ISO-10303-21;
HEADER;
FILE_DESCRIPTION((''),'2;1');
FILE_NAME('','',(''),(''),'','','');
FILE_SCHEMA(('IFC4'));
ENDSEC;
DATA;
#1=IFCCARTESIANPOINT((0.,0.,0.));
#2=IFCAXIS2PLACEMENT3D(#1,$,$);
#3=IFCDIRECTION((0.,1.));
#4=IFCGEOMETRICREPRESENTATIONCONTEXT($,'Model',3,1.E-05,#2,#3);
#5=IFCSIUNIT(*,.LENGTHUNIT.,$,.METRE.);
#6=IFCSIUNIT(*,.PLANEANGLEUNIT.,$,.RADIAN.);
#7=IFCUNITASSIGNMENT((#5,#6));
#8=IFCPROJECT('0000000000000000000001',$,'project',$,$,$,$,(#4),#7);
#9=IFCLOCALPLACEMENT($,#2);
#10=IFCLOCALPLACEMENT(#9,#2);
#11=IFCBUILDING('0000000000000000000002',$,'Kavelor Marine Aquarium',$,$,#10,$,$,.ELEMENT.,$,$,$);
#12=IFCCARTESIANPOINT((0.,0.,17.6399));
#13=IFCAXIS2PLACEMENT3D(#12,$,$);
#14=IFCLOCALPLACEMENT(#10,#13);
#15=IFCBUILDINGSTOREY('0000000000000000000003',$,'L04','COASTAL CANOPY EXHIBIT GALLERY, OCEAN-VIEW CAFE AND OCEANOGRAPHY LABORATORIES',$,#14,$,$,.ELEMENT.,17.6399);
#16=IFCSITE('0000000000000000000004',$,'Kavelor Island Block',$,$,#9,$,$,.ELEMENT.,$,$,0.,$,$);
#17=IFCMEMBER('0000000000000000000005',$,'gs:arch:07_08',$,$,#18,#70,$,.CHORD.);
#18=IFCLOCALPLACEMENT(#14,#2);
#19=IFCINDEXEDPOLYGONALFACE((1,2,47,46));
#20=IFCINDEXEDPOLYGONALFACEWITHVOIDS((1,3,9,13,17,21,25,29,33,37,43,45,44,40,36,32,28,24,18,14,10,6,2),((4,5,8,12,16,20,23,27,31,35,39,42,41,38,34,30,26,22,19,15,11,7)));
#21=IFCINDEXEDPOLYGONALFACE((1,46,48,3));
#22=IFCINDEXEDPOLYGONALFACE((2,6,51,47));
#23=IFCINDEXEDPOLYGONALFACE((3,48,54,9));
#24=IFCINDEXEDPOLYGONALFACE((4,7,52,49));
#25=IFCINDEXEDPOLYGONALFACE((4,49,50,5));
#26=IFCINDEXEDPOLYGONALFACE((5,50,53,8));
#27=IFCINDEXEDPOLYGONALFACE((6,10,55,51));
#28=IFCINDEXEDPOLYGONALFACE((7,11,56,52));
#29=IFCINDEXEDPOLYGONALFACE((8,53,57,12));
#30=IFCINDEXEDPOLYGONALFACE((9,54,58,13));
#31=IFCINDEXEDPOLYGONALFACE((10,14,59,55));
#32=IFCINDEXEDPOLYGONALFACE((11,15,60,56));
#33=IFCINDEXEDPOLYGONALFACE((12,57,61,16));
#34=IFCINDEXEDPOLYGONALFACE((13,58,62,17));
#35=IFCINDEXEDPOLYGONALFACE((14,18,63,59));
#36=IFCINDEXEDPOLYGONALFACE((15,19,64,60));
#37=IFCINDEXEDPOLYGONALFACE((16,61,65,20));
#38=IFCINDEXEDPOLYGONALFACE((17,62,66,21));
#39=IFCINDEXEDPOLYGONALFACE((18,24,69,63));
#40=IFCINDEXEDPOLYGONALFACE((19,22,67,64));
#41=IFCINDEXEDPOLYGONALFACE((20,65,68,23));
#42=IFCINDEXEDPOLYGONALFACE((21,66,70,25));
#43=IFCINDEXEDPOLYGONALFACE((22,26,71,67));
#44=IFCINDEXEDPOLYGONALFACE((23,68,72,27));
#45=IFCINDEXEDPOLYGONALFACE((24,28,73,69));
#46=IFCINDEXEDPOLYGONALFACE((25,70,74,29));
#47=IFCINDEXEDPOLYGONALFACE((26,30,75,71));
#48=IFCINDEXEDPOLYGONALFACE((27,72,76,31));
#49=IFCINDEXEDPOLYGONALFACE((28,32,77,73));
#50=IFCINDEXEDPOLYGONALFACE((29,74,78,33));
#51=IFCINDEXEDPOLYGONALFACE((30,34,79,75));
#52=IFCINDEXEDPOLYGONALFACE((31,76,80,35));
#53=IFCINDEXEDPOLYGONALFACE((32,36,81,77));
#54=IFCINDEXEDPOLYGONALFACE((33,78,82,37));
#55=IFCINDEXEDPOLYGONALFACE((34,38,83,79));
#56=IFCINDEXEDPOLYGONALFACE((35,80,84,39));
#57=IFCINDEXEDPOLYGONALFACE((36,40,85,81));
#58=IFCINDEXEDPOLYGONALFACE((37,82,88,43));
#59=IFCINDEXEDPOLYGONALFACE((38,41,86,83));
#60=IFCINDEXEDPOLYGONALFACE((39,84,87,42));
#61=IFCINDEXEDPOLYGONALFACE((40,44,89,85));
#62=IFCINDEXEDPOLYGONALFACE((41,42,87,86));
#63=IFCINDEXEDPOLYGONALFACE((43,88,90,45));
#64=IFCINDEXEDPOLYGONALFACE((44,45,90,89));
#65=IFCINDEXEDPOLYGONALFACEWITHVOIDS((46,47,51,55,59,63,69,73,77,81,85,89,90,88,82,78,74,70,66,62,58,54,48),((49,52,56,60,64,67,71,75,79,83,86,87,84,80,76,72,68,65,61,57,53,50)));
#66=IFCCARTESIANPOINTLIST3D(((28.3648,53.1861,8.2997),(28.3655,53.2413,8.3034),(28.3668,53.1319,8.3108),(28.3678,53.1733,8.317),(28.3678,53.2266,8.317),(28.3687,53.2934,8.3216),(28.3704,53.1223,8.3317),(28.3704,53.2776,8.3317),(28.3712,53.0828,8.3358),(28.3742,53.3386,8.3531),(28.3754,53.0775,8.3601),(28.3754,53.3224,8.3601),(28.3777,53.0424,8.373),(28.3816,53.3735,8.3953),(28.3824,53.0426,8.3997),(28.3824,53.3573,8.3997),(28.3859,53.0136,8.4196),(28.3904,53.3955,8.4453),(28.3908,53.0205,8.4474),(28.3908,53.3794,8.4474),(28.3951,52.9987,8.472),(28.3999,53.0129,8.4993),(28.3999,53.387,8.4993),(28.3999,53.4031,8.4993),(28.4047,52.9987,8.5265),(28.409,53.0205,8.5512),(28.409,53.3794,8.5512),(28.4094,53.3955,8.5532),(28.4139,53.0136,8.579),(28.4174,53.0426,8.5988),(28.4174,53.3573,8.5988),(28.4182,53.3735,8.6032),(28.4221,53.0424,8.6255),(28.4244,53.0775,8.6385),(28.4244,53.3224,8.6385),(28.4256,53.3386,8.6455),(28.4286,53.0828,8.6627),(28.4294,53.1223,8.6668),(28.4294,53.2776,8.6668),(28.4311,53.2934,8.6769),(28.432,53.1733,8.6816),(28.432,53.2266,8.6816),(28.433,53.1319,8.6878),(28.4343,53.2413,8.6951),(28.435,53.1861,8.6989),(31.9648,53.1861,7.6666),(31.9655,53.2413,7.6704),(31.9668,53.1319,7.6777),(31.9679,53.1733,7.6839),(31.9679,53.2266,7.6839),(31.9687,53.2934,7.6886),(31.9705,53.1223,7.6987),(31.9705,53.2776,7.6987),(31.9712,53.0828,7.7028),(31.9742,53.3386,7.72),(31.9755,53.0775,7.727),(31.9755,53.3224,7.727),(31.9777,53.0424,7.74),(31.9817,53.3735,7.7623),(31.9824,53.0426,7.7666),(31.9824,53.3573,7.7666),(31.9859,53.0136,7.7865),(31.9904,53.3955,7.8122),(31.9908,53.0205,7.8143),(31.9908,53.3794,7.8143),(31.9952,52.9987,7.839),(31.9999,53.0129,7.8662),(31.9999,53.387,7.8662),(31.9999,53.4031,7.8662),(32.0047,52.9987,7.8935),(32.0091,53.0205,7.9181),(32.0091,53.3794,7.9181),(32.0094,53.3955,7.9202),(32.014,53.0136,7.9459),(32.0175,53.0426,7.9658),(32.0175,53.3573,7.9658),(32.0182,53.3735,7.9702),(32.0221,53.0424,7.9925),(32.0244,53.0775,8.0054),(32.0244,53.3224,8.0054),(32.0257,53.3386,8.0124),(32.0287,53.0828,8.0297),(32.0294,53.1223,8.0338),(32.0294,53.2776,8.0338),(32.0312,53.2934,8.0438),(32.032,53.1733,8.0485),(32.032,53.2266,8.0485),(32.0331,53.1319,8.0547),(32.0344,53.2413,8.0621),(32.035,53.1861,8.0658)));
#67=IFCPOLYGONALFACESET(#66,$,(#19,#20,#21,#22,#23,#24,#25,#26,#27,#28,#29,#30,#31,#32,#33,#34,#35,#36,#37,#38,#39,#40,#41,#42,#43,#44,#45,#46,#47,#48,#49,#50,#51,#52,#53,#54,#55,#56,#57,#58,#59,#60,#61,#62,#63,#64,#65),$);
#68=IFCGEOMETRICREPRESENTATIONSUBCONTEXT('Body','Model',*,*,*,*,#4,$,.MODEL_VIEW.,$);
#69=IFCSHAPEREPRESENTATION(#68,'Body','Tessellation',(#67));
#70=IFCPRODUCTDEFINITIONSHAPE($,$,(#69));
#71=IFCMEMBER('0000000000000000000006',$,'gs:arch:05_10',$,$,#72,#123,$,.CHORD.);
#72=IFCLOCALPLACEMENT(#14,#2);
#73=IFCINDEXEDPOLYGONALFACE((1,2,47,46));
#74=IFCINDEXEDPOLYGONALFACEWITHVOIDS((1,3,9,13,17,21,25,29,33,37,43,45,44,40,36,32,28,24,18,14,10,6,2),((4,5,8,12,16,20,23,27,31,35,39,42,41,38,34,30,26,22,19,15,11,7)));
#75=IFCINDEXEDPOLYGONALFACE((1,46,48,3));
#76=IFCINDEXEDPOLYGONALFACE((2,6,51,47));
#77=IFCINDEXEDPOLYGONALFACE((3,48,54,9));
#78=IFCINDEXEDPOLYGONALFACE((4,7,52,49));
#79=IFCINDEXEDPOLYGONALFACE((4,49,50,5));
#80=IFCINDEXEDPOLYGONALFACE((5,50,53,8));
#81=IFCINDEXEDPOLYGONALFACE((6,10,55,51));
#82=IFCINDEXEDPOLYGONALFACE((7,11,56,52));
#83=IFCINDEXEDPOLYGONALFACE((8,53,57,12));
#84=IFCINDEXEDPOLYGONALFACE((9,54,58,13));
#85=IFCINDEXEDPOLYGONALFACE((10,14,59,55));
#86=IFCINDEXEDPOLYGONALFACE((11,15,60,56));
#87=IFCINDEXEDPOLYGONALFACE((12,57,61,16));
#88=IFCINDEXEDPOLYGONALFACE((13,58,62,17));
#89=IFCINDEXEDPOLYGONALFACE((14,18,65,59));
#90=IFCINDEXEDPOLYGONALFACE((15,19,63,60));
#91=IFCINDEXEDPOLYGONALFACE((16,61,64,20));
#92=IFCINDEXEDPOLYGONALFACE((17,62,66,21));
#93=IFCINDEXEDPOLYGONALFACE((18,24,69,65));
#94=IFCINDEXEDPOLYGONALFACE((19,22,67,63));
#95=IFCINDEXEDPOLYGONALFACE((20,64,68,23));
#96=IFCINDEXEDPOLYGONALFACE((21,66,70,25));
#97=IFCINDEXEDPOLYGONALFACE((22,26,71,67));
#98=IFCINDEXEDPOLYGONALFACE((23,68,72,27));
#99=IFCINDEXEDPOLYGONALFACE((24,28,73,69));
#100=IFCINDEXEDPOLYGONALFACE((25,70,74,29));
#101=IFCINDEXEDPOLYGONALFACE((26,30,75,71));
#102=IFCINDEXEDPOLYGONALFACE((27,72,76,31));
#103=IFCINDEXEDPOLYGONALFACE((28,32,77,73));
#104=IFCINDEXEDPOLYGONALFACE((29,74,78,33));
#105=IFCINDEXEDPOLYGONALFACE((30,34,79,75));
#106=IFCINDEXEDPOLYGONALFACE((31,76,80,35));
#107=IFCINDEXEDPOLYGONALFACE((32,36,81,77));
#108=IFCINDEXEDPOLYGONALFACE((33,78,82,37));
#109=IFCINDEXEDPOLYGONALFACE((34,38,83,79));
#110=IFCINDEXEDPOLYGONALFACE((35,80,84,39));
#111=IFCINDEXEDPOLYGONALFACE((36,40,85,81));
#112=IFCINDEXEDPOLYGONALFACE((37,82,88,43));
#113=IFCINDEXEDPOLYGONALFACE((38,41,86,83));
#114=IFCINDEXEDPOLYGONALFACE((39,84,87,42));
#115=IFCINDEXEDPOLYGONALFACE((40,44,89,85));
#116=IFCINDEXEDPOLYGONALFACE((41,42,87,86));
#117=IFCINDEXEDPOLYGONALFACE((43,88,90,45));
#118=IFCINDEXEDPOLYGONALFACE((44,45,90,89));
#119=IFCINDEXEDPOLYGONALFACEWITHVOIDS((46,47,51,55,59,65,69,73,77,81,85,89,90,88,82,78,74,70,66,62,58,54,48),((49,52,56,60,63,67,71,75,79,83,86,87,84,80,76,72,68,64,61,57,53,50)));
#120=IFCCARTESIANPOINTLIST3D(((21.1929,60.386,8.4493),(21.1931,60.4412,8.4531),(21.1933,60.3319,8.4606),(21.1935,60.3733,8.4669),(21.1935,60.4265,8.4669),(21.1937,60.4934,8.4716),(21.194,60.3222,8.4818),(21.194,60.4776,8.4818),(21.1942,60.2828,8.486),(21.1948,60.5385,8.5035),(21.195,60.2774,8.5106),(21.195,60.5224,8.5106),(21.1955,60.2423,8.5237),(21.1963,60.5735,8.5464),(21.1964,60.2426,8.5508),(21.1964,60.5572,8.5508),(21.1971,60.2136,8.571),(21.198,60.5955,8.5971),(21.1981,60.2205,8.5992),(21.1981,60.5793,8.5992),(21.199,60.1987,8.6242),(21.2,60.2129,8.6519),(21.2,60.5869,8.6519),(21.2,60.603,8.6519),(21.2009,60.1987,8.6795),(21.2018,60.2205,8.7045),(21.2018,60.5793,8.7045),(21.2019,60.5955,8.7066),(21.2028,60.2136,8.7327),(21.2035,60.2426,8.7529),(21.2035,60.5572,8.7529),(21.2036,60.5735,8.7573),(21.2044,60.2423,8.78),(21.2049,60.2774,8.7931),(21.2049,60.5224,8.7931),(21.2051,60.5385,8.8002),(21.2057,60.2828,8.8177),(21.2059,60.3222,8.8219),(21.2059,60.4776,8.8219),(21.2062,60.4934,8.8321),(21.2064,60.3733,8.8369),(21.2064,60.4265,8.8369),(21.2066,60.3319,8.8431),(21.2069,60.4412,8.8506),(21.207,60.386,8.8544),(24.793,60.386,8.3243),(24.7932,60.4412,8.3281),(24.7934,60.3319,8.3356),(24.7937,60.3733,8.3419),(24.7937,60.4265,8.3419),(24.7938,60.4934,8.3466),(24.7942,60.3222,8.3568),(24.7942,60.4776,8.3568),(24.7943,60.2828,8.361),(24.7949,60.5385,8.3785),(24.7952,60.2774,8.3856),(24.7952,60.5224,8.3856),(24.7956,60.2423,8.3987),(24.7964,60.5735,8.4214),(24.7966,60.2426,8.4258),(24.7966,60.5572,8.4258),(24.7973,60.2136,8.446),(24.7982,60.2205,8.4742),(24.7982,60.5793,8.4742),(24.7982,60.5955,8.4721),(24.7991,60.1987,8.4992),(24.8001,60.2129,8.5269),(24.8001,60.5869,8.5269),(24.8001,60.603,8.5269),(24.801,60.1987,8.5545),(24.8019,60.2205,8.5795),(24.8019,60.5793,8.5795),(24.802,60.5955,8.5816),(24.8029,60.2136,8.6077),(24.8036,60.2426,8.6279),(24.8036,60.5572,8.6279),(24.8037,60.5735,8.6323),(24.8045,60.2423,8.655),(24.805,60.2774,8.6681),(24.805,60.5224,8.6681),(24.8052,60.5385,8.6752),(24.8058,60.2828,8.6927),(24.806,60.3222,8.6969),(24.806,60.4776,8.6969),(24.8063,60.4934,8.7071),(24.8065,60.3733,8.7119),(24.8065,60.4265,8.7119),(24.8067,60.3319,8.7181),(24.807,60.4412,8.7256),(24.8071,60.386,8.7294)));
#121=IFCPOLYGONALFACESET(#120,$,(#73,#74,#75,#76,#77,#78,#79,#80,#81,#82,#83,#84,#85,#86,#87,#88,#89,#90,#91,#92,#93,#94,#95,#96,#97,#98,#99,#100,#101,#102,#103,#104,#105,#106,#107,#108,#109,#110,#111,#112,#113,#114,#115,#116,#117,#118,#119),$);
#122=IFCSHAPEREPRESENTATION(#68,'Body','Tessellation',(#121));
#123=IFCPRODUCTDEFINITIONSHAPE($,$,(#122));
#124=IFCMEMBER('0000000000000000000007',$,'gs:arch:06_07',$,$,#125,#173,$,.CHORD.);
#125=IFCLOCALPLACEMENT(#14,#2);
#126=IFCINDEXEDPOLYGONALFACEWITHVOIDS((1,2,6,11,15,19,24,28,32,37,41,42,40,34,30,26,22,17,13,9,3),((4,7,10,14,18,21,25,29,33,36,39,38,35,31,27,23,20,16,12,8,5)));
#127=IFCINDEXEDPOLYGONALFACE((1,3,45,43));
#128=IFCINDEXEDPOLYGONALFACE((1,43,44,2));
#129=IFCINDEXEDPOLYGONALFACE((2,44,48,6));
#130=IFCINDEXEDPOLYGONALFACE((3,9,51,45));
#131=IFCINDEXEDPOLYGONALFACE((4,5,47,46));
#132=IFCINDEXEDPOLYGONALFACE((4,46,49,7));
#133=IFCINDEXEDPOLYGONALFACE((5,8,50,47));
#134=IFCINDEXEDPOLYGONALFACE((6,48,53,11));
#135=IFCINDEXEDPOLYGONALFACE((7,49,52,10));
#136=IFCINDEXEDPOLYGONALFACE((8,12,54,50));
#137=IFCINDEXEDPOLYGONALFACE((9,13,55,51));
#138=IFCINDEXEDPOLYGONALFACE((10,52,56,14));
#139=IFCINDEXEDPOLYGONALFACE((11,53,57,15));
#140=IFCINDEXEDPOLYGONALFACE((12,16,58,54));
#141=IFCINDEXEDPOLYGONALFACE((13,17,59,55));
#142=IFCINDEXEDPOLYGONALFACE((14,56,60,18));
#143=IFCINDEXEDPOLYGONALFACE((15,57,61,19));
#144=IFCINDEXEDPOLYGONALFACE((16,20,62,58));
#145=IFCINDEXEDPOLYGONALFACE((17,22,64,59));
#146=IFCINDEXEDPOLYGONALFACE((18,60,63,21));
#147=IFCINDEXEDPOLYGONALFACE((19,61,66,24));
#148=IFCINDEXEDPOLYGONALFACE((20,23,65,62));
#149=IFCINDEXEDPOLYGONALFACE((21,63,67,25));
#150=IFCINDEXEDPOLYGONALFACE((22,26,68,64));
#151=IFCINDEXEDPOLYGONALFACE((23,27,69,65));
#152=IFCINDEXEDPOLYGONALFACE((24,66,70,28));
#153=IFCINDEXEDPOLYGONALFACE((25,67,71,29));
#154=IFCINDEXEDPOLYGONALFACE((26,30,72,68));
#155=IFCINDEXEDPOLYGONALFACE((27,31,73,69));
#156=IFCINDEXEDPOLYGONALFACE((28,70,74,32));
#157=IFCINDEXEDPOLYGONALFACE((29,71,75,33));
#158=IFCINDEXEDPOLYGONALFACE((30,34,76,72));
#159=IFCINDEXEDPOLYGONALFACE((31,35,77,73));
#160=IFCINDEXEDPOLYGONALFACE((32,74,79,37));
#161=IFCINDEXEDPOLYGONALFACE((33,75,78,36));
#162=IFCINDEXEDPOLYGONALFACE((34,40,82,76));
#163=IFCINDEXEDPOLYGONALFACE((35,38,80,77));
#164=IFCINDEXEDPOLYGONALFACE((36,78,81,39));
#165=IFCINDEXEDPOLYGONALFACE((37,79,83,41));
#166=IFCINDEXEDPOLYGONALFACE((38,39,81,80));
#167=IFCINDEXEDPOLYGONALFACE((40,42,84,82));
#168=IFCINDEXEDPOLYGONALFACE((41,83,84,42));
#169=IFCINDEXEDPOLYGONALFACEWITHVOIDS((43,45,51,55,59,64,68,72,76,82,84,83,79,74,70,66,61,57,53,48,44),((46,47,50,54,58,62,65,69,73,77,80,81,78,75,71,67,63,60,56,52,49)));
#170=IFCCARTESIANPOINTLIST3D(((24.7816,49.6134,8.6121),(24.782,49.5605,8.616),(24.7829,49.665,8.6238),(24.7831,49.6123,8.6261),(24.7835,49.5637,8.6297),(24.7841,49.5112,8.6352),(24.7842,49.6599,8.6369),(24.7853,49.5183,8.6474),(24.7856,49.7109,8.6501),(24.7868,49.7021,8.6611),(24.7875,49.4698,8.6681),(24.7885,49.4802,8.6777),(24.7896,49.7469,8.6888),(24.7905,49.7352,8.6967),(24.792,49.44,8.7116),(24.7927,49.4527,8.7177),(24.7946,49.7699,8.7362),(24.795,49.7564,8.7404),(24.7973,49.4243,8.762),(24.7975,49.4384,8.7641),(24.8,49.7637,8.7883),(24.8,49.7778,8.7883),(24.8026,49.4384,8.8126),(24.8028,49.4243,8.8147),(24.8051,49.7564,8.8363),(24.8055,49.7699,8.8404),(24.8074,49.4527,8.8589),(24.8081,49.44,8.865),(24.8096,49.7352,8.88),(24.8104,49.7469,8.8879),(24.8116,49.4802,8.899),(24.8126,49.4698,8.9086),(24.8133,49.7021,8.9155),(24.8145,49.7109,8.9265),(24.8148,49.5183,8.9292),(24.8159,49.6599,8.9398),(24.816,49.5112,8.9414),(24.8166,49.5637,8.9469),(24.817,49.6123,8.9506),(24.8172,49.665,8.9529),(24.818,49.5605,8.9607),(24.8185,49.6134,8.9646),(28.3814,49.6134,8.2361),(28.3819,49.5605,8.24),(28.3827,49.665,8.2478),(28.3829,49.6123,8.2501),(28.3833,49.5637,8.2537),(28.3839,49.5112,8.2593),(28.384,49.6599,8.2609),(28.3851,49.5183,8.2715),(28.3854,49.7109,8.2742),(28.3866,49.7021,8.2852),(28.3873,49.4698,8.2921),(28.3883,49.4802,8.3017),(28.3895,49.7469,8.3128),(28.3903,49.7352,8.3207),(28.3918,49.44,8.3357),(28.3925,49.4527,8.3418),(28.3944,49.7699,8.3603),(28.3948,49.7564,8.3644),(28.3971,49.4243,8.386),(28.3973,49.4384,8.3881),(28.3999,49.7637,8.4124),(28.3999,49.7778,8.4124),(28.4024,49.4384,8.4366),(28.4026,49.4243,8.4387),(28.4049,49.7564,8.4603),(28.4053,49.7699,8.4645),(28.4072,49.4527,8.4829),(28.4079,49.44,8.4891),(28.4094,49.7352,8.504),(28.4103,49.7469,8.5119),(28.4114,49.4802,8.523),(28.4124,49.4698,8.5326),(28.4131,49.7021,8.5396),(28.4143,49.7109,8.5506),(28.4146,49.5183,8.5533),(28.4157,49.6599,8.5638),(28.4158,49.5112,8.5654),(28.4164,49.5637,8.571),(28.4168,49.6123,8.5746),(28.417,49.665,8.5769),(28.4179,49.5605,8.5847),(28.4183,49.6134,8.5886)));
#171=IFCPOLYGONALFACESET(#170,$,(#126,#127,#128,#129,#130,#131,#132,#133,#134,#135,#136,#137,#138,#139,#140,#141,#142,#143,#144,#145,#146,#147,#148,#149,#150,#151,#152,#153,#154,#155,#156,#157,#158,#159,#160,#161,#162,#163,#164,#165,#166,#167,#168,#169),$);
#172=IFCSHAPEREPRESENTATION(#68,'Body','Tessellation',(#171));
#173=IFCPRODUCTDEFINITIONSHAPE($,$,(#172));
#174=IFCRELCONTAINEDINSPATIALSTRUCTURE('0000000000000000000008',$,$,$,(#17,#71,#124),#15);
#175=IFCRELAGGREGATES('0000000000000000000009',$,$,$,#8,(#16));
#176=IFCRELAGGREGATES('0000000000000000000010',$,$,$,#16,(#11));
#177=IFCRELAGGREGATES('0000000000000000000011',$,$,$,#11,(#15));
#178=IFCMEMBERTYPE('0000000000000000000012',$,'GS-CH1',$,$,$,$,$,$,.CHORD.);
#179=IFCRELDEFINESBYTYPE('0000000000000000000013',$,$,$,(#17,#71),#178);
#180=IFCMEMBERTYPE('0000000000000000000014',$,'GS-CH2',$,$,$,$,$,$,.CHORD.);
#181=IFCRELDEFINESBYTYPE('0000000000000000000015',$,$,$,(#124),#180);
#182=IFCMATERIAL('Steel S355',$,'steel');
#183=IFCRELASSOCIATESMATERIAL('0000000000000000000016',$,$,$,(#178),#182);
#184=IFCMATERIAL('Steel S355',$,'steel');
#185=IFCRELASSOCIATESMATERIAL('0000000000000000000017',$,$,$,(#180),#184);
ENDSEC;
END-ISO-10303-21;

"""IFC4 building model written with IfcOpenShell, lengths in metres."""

from ifc_helpers import new_model, si_unit, direction, frame, origin, origin_2d, place, context, subcontext, project, spatial, hollow_circle, extrude, material, material_profile, profile_set, type_object, element, save


model = new_model("IFC4")

# Units and contexts
model_context = context("Model", 3, precision=1e-05, world=origin(), true_north=direction((0.0, 1.0)))
body_context = subcontext(model_context, "Body", "Model", "MODEL_VIEW")
ifc_project = project(units=[si_unit("LENGTHUNIT", "METRE"), si_unit("PLANEANGLEUNIT", "RADIAN")], contexts=[model_context])

# Site, building, storey
site_placement = place(None, origin())
site = spatial("IfcSite", under=ifc_project, at=site_placement, Name="Kavelor Island Block", CompositionType="ELEMENT", RefElevation=0.0)
building_placement = place(site_placement, origin())
building = spatial("IfcBuilding", under=site, at=building_placement, Name="Kavelor Marine Aquarium", CompositionType="ELEMENT")
storey_placement = place(building_placement, frame((0.0, 0.0, 17.6399)))
storey = spatial("IfcBuildingStorey", under=building, at=storey_placement, Name="L04", Description="COASTAL CANOPY EXHIBIT GALLERY, OCEAN-VIEW CAFE AND OCEANOGRAPHY LABORATORIES", CompositionType="ELEMENT", Elevation=17.6399)

# Members
ifc_material_1 = material(Name="Steel S355", Category="steel")
ifc_material_profile_1 = material_profile(ifc_material_1, hollow_circle(Radius=0.2031, WallThickness=0.0161, at=origin_2d()), Name="CHS 406.4x16.0")
ifc_profile_set_1 = profile_set([ifc_material_profile_1], Name="Steel S355")
member_type_1 = type_object("IfcMemberType", Name="GS-CH1", PredefinedType="CHORD", material=ifc_profile_set_1)
member_1_placement = place(storey_placement, frame((28.3999, 53.2, 8.4993), z_axis=(0.984889, 0.0, -0.173187), x_axis=(0.0, 1.0, 0.0)))
element("IfcMember", 1, at=member_1_placement, inside=storey, type_object=member_type_1, Name="gs:arch:07_08", PredefinedType="CHORD", context=body_context, shape_type="SweptSolid", body=[
    extrude(hollow_circle(Radius=0.2031, WallThickness=0.0161, at=origin_2d()), origin(), (0.0, 0.0, 1.0), 3.6553),
])
member_2_placement = place(storey_placement, frame((21.2, 60.3999, 8.6519), z_axis=(0.999398, 0.0, -0.0347), x_axis=(0.0, 1.0, 0.0)))
element("IfcMember", 2, at=member_2_placement, inside=storey, type_object=member_type_1, Name="gs:arch:05_10", PredefinedType="CHORD", context=body_context, shape_type="SweptSolid", body=[
    extrude(hollow_circle(Radius=0.2031, WallThickness=0.0161, at=origin_2d()), origin(), (0.0, 0.0, 1.0), 3.6023),
])
ifc_material_2 = material(Name="Steel S355", Category="steel")
ifc_material_profile_2 = material_profile(ifc_material_2, hollow_circle(Radius=0.1777, WallThickness=0.0142, at=origin_2d()), Name="CHS 355.6x14.2")
ifc_profile_set_2 = profile_set([ifc_material_profile_2], Name="Steel S355")
member_type_2 = type_object("IfcMemberType", Name="GS-CH2", PredefinedType="CHORD", material=ifc_profile_set_2)
member_3_placement = place(storey_placement, frame((24.8, 49.6001, 8.7883), z_axis=(0.99459, 0.0, -0.103877), x_axis=(0.0, 1.0, 0.0)))
element("IfcMember", 3, at=member_3_placement, inside=storey, type_object=member_type_2, Name="gs:arch:06_07", PredefinedType="CHORD", context=body_context, shape_type="SweptSolid", body=[
    extrude(hollow_circle(Radius=0.1777, WallThickness=0.0142, at=origin_2d()), origin(), (0.0, 0.0, 1.0), 3.6194),
])

save(model, "model.ifc")
